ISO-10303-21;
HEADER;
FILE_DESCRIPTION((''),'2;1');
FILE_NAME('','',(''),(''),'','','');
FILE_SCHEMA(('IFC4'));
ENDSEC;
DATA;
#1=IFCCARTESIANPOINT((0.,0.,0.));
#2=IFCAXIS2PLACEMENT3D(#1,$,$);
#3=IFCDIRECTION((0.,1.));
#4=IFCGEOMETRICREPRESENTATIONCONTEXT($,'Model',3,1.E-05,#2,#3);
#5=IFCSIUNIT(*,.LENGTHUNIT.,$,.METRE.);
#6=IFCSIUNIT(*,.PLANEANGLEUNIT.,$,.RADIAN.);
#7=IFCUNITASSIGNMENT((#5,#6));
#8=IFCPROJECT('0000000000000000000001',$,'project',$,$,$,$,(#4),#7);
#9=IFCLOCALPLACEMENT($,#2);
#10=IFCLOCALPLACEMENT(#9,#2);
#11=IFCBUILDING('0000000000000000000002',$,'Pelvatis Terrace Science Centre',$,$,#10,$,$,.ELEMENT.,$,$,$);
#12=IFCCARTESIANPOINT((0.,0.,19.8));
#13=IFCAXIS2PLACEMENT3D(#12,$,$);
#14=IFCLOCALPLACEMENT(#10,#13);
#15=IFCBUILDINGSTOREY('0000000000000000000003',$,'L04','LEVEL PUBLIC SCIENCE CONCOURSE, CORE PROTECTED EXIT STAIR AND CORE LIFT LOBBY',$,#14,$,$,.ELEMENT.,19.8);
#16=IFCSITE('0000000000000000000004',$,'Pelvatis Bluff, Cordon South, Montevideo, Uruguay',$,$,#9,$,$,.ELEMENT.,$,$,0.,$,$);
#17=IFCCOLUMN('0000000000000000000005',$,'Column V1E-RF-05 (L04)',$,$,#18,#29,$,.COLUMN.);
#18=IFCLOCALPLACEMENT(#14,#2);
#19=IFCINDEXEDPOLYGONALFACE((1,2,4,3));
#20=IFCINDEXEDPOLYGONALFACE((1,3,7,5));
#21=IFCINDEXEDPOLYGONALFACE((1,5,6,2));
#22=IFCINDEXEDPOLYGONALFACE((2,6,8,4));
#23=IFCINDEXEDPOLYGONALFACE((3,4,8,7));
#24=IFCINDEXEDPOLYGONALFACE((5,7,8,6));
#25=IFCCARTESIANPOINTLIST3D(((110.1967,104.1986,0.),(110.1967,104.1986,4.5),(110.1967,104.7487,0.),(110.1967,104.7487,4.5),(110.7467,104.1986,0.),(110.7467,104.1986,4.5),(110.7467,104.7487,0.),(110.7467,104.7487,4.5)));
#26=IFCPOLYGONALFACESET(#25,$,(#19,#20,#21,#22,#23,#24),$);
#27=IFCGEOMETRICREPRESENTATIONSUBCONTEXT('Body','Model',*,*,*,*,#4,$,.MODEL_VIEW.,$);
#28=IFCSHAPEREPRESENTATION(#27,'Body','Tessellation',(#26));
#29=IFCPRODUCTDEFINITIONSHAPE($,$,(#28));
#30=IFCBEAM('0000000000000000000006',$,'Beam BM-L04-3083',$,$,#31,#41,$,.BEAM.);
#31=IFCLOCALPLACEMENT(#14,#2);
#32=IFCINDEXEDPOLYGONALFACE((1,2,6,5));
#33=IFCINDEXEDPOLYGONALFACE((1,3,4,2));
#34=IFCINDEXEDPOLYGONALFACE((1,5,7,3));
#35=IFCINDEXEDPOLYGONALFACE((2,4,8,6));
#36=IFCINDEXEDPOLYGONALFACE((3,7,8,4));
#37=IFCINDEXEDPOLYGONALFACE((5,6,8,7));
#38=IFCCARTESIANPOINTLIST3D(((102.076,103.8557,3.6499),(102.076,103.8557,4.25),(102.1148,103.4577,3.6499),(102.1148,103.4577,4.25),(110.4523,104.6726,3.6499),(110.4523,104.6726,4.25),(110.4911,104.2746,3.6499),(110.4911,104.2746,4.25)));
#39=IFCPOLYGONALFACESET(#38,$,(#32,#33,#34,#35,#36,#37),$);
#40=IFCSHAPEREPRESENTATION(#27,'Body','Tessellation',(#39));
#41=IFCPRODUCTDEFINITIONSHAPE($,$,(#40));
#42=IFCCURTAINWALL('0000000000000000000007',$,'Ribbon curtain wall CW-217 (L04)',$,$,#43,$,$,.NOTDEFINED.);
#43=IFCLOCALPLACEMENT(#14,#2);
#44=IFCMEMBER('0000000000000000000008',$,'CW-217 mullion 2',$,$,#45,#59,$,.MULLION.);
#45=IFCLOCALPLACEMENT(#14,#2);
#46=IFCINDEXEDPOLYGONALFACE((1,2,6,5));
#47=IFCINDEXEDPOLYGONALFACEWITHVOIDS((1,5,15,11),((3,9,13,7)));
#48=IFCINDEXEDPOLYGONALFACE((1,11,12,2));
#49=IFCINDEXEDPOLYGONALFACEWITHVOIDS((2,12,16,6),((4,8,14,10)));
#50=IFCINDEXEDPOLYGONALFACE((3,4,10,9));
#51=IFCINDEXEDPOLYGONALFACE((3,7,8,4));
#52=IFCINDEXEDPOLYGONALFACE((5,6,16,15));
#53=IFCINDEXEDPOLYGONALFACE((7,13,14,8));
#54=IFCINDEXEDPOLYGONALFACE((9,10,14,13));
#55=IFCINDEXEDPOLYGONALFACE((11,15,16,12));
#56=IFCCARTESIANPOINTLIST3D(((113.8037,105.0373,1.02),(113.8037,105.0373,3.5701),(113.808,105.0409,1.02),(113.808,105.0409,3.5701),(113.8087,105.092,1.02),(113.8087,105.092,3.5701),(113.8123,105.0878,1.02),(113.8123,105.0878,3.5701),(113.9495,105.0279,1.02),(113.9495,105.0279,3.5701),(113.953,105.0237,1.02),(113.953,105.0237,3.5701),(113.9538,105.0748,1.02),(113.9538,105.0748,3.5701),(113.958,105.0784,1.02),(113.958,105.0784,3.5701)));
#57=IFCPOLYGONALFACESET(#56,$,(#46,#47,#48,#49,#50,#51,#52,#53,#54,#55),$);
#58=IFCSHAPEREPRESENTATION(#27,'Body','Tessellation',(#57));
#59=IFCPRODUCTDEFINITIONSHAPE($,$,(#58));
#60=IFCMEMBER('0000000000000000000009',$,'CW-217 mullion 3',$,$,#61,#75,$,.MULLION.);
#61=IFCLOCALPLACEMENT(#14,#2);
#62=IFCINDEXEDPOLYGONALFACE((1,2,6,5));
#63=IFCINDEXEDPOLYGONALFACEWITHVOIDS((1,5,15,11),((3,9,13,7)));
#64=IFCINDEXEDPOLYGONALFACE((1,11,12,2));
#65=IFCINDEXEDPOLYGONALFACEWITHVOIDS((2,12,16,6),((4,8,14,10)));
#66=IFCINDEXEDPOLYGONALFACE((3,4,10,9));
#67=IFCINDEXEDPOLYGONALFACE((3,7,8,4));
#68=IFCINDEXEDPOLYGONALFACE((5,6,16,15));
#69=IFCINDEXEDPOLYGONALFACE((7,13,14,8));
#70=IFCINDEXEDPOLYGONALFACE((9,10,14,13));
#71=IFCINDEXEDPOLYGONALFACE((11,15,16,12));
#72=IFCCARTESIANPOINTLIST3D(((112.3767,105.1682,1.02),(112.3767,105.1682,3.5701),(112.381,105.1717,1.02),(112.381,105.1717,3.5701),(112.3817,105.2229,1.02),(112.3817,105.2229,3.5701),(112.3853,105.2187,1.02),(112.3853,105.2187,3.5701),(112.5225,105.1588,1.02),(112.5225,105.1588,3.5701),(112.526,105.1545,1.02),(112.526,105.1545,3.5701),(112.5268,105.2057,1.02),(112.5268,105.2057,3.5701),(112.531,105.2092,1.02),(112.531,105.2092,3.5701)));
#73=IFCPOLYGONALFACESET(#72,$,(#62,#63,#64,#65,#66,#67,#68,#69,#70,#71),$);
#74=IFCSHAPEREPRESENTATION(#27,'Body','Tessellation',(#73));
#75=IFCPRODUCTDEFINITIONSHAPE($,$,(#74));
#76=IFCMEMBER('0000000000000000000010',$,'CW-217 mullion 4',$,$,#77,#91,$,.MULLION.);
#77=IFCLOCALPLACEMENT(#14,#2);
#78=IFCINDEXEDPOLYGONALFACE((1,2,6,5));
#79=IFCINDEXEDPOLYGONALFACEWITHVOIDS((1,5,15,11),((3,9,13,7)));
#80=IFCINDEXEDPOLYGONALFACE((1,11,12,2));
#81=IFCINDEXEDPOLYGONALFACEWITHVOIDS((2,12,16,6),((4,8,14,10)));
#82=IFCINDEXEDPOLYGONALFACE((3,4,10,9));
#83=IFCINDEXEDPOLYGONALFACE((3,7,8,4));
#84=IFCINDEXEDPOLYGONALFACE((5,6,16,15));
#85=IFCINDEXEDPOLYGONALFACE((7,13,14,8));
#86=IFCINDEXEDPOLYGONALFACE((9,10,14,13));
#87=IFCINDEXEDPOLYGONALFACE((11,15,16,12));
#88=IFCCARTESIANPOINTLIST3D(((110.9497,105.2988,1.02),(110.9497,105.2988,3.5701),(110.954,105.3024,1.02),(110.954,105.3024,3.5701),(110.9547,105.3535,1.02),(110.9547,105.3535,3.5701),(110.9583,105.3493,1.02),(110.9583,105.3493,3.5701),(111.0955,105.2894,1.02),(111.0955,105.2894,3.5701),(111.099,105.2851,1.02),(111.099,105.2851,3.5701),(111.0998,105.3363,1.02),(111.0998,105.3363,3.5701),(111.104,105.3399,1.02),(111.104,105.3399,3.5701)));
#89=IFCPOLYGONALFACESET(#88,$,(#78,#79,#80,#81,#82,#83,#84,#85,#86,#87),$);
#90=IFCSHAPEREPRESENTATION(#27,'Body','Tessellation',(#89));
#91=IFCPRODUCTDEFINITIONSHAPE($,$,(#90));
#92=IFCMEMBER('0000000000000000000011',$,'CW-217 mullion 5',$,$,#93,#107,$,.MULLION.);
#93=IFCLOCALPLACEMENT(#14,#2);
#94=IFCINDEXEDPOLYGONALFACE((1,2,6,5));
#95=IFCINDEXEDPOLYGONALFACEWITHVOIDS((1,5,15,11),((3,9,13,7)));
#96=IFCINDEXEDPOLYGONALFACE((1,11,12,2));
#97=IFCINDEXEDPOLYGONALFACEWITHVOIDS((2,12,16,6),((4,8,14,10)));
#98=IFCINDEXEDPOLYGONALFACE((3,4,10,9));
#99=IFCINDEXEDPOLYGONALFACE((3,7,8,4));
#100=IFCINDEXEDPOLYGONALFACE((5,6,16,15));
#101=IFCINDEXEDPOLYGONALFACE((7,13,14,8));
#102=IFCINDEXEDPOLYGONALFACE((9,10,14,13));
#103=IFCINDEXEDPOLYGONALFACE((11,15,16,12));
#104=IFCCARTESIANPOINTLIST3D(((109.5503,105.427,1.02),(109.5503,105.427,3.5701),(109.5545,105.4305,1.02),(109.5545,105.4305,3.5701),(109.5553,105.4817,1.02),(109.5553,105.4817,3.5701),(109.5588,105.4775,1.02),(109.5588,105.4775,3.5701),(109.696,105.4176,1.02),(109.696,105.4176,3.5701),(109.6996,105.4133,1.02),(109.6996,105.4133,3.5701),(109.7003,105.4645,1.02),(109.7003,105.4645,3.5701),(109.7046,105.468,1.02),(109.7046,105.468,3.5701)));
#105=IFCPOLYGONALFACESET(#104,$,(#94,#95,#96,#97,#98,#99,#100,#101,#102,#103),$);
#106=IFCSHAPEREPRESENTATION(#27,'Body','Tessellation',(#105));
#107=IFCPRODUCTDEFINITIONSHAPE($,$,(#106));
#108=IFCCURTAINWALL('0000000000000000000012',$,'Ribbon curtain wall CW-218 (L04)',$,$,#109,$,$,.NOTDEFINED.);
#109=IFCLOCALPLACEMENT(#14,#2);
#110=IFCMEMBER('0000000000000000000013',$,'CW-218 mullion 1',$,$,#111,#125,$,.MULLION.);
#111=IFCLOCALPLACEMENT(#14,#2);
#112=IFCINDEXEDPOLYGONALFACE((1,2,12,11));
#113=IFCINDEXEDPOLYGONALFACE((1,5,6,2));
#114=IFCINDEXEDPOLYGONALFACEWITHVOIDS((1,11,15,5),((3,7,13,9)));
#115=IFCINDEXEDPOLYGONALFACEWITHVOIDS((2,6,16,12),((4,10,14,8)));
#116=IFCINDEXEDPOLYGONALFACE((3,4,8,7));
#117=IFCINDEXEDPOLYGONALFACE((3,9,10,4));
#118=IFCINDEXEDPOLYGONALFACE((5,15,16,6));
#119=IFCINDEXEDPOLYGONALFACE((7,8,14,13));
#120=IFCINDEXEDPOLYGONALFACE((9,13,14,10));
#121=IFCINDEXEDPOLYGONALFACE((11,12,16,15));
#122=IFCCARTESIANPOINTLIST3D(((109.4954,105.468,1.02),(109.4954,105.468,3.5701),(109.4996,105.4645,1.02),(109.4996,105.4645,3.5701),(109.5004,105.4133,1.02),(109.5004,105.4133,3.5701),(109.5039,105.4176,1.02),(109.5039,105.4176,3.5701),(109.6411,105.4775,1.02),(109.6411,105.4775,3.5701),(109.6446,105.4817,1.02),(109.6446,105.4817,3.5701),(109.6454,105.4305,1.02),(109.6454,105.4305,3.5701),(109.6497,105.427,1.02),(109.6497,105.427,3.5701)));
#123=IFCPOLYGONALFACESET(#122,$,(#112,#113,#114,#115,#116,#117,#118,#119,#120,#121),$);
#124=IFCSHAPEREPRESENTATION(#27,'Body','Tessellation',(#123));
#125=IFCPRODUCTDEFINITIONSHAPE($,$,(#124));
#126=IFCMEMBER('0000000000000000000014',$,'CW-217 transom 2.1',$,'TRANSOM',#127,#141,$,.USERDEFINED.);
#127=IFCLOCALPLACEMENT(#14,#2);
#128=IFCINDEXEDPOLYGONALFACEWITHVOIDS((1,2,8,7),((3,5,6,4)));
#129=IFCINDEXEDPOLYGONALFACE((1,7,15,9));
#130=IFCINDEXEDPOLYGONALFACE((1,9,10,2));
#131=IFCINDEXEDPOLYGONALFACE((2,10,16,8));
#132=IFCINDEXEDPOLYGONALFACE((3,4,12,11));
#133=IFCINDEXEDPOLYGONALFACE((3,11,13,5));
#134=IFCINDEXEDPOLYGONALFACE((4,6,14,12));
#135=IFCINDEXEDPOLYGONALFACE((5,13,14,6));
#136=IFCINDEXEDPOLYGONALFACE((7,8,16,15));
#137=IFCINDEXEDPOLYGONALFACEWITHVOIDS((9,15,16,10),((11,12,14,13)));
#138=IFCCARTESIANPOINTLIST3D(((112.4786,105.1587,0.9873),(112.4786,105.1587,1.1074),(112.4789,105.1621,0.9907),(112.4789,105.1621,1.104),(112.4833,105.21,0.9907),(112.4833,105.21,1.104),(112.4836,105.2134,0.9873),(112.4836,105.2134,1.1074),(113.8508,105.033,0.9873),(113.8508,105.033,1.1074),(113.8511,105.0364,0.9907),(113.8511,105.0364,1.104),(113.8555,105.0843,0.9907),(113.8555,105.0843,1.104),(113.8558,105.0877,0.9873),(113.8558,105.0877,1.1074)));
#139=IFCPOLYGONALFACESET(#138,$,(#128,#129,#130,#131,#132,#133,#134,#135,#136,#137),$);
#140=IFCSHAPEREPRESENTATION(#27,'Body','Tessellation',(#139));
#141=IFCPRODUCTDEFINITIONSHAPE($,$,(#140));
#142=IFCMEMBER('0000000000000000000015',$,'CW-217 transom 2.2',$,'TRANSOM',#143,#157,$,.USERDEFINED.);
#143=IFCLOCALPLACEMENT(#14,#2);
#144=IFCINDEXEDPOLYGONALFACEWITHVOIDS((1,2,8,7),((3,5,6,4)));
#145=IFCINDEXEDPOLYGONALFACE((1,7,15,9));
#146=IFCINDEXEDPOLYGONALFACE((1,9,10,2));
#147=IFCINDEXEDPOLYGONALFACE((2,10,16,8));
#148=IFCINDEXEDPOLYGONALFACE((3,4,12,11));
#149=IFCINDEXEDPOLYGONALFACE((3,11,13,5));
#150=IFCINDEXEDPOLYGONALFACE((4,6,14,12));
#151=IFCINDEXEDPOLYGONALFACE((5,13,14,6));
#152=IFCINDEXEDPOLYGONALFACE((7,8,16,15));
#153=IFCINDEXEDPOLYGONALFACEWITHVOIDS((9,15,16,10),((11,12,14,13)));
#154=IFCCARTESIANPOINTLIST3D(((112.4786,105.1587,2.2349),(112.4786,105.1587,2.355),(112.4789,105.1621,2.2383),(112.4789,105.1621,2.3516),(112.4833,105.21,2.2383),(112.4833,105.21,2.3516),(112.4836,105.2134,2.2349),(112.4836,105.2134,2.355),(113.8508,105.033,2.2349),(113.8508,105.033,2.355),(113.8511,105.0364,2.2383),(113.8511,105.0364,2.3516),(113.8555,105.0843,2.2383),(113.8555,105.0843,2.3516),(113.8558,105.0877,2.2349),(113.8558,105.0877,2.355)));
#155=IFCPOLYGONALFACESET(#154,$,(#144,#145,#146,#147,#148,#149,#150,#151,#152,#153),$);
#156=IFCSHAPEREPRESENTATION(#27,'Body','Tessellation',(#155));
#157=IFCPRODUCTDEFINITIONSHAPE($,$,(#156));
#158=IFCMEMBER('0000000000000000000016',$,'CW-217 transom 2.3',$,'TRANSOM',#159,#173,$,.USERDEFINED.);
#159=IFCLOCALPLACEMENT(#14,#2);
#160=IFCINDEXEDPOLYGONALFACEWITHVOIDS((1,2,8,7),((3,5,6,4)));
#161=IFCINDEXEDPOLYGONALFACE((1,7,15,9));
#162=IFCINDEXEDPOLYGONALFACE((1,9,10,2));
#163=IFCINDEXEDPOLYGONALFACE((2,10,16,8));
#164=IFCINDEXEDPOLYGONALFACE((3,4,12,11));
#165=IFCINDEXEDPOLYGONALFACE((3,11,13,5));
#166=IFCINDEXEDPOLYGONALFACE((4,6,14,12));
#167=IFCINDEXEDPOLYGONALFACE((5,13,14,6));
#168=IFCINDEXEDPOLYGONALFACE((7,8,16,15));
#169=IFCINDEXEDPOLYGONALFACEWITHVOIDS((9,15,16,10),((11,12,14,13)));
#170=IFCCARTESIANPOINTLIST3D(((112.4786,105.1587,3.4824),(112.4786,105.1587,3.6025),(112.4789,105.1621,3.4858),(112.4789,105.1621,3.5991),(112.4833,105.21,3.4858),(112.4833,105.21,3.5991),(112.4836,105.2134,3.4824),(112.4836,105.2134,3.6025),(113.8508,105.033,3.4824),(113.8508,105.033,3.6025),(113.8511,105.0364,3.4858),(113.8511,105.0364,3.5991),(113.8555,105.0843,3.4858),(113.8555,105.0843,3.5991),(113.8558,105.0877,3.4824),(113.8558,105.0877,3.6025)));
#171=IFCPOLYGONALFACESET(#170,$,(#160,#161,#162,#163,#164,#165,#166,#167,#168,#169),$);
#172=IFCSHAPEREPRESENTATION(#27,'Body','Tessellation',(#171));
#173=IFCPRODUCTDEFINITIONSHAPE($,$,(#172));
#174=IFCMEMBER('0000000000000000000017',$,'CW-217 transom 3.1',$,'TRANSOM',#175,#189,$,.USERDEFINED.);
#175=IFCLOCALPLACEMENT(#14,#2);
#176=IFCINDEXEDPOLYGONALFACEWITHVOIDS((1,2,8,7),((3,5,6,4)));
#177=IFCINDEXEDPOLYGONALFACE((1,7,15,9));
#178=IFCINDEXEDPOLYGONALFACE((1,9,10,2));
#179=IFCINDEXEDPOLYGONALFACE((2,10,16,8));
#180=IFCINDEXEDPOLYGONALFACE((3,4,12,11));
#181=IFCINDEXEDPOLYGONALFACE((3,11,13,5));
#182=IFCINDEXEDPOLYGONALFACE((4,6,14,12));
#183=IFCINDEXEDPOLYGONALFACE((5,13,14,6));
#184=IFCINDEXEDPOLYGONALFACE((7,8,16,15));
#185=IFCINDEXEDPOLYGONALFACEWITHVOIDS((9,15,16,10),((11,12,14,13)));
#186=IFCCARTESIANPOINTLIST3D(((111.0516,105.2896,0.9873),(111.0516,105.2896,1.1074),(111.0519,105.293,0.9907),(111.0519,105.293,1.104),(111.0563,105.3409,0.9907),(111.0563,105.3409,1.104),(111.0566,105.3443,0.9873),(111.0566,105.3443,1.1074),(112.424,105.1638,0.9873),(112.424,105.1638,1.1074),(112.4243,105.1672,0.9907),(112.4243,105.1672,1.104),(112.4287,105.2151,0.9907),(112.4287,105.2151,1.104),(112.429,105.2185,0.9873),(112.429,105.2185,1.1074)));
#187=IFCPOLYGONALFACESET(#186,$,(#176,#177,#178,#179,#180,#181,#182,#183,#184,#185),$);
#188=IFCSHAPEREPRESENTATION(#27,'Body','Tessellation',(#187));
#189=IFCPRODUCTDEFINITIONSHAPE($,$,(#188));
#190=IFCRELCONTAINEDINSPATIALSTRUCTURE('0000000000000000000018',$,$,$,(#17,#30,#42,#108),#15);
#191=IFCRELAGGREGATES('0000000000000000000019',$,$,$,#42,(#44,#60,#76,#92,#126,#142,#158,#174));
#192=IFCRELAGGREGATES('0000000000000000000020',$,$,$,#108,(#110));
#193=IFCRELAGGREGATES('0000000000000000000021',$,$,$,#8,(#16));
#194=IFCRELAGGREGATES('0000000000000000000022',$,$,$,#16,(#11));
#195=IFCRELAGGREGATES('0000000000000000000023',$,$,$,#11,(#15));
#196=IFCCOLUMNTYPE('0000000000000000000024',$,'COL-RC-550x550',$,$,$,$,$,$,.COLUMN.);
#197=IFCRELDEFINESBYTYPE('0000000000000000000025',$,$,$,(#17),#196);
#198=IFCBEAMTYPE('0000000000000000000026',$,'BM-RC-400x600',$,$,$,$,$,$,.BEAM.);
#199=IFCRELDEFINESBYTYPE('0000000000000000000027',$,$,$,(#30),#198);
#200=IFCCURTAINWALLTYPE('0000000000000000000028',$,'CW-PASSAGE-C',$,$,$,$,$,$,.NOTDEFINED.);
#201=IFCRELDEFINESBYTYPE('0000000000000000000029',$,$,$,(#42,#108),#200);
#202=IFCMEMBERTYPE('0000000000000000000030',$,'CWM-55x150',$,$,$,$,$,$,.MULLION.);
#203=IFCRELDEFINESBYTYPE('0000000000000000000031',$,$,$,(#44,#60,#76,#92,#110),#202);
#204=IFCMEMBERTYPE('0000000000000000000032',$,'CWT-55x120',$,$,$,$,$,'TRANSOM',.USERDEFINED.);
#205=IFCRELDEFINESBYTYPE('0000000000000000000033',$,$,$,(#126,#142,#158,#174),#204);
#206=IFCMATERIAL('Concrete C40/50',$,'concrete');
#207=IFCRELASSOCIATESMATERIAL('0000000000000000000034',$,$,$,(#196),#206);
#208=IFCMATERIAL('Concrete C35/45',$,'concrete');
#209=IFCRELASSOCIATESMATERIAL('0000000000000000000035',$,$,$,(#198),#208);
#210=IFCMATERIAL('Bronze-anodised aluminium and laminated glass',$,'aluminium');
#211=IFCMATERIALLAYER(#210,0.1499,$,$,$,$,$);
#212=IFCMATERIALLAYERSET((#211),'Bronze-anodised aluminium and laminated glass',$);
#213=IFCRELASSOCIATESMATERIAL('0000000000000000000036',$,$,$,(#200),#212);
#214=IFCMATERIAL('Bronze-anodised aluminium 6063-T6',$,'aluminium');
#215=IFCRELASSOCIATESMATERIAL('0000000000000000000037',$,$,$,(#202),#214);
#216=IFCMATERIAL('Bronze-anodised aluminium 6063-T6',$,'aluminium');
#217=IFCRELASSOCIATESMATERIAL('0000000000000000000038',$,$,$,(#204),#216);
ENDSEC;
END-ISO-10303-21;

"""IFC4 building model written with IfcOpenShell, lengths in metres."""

from ifc_helpers import new_model, si_unit, direction, frame, origin, origin_2d, place, context, subcontext, project, spatial, rectangle, hollow_rectangle, extrude, material, layer, layer_set, material_profile, profile_set, type_object, element, aggregate, save


model = new_model("IFC4")

# Units and contexts
model_context = context("Model", 3, precision=1e-05, world=origin(), true_north=direction((0.0, 1.0)))
body_context = subcontext(model_context, "Body", "Model", "MODEL_VIEW")
ifc_project = project(units=[si_unit("LENGTHUNIT", "METRE"), si_unit("PLANEANGLEUNIT", "RADIAN")], contexts=[model_context])

# Site, building, storey
site_placement = place(None, origin())
site = spatial("IfcSite", under=ifc_project, at=site_placement, Name="Pelvatis Bluff, Cordon South, Montevideo, Uruguay", CompositionType="ELEMENT", RefElevation=0.0)
building_placement = place(site_placement, origin())
building = spatial("IfcBuilding", under=site, at=building_placement, Name="Pelvatis Terrace Science Centre", CompositionType="ELEMENT")
storey_placement = place(building_placement, frame((0.0, 0.0, 19.8)))
storey = spatial("IfcBuildingStorey", under=building, at=storey_placement, Name="L04", Description="LEVEL PUBLIC SCIENCE CONCOURSE, CORE PROTECTED EXIT STAIR AND CORE LIFT LOBBY", CompositionType="ELEMENT", Elevation=19.8)

# Column
ifc_material_1 = material(Name="Concrete C40/50", Category="concrete")
ifc_material_profile_1 = material_profile(ifc_material_1, rectangle(XDim=0.55, YDim=0.55, at=origin_2d()), Name="RC-COL 550x550")
ifc_profile_set_1 = profile_set([ifc_material_profile_1], Name="Concrete C40/50")
column_type = type_object("IfcColumnType", Name="COL-RC-550x550", PredefinedType="COLUMN", material=ifc_profile_set_1)
column_placement = place(storey_placement, frame((110.4717, 104.4736, 0.0), z_axis=(0.0, 0.0, 1.0), x_axis=(1.0, 0.0, 0.0)))
element("IfcColumn", 1, at=column_placement, inside=storey, type_object=column_type, Name="Column V1E-RF-05 (L04)", PredefinedType="COLUMN", context=body_context, shape_type="SweptSolid", body=[
    extrude(rectangle(XDim=0.55, YDim=0.55, at=origin_2d()), origin(), (0.0, 0.0, 1.0), 4.5),
])

# Beam
ifc_material_2 = material(Name="Concrete C35/45", Category="concrete")
ifc_material_profile_2 = material_profile(ifc_material_2, rectangle(XDim=0.3999, YDim=0.6001, at=origin_2d()), Name="RC-BM 400x600")
ifc_profile_set_2 = profile_set([ifc_material_profile_2], Name="Concrete C35/45")
beam_type = type_object("IfcBeamType", Name="BM-RC-400x600", PredefinedType="BEAM", material=ifc_profile_set_2)
beam_placement = place(storey_placement, frame((110.4717, 104.4736, 3.95), z_axis=(-0.995278, -0.097065, 0.0), x_axis=(0.097065, -0.995278, 0.0)))
element("IfcBeam", 2, at=beam_placement, inside=storey, type_object=beam_type, Name="Beam BM-L04-3083", PredefinedType="BEAM", context=body_context, shape_type="SweptSolid", body=[
    extrude(rectangle(XDim=0.3999, YDim=0.6001, at=origin_2d()), origin(), (0.0, 0.0, 1.0), 8.416),
])

# Curtain wall, members
ifc_material_3 = material(Name="Bronze-anodised aluminium and laminated glass", Category="aluminium")
ifc_layer_1 = layer(ifc_material_3, 0.1499)
ifc_layer_set_1 = layer_set([ifc_layer_1], Name="Bronze-anodised aluminium and laminated glass")
curtain_wall_type = type_object("IfcCurtainWallType", Name="CW-PASSAGE-C", PredefinedType="NOTDEFINED", material=ifc_layer_set_1)
curtain_wall_1_placement = place(storey_placement, origin())
curtain_wall_1 = element("IfcCurtainWall", 3, at=curtain_wall_1_placement, inside=storey, type_object=curtain_wall_type, Name="Ribbon curtain wall CW-217 (L04)", PredefinedType="NOTDEFINED")
ifc_material_4 = material(Name="Bronze-anodised aluminium 6063-T6", Category="aluminium")
ifc_material_profile_3 = material_profile(ifc_material_4, hollow_rectangle(XDim=0.0549, YDim=0.1499, WallThickness=0.0039, at=origin_2d()), Name="ALU-MUL 55x150")
ifc_profile_set_3 = profile_set([ifc_material_profile_3], Name="Bronze-anodised aluminium 6063-T6")
member_type_1 = type_object("IfcMemberType", Name="CWM-55x150", PredefinedType="MULLION", material=ifc_profile_set_3)
member_1_placement = place(storey_placement, frame((113.8809, 105.0579, 1.02), z_axis=(0.0, 0.0, 1.0), x_axis=(-0.091214, -0.995831, 0.0)))
member_1 = element("IfcMember", 4, at=member_1_placement, type_object=member_type_1, Name="CW-217 mullion 2", PredefinedType="MULLION", context=body_context, shape_type="SweptSolid", body=[
    extrude(hollow_rectangle(XDim=0.0549, YDim=0.1499, WallThickness=0.0039, at=origin_2d()), origin(), (0.0, 0.0, 1.0), 2.55),
])
member_2_placement = place(storey_placement, frame((112.4539, 105.1887, 1.02), z_axis=(0.0, 0.0, 1.0), x_axis=(-0.091214, -0.995831, 0.0)))
member_2 = element("IfcMember", 5, at=member_2_placement, type_object=member_type_1, Name="CW-217 mullion 3", PredefinedType="MULLION", context=body_context, shape_type="SweptSolid", body=[
    extrude(hollow_rectangle(XDim=0.0549, YDim=0.1499, WallThickness=0.0039, at=origin_2d()), origin(), (0.0, 0.0, 1.0), 2.55),
])
member_3_placement = place(storey_placement, frame((111.0269, 105.3193, 1.02), z_axis=(0.0, 0.0, 1.0), x_axis=(-0.091214, -0.995831, 0.0)))
member_3 = element("IfcMember", 6, at=member_3_placement, type_object=member_type_1, Name="CW-217 mullion 4", PredefinedType="MULLION", context=body_context, shape_type="SweptSolid", body=[
    extrude(hollow_rectangle(XDim=0.0549, YDim=0.1499, WallThickness=0.0039, at=origin_2d()), origin(), (0.0, 0.0, 1.0), 2.55),
])
member_4_placement = place(storey_placement, frame((109.6274, 105.4475, 1.02), z_axis=(0.0, 0.0, 1.0), x_axis=(-0.091214, -0.995831, 0.0)))
member_4 = element("IfcMember", 7, at=member_4_placement, type_object=member_type_1, Name="CW-217 mullion 5", PredefinedType="MULLION", context=body_context, shape_type="SweptSolid", body=[
    extrude(hollow_rectangle(XDim=0.0549, YDim=0.1499, WallThickness=0.0039, at=origin_2d()), origin(), (0.0, 0.0, 1.0), 2.55),
])

# Curtain wall, member
curtain_wall_2_placement = place(storey_placement, origin())
curtain_wall_2 = element("IfcCurtainWall", 8, at=curtain_wall_2_placement, inside=storey, type_object=curtain_wall_type, Name="Ribbon curtain wall CW-218 (L04)", PredefinedType="NOTDEFINED")
member_5_placement = place(storey_placement, frame((109.5725, 105.4475, 1.02), z_axis=(0.0, 0.0, 1.0), x_axis=(0.091214, -0.995831, 0.0)))
member_5 = element("IfcMember", 9, at=member_5_placement, type_object=member_type_1, Name="CW-218 mullion 1", PredefinedType="MULLION", context=body_context, shape_type="SweptSolid", body=[
    extrude(hollow_rectangle(XDim=0.0549, YDim=0.1499, WallThickness=0.0039, at=origin_2d()), origin(), (0.0, 0.0, 1.0), 2.55),
])

# Members
ifc_material_5 = material(Name="Bronze-anodised aluminium 6063-T6", Category="aluminium")
ifc_material_profile_4 = material_profile(ifc_material_5, hollow_rectangle(XDim=0.0549, YDim=0.1201, WallThickness=0.0034, at=origin_2d()), Name="ALU-TRN 55x120")
ifc_profile_set_4 = profile_set([ifc_material_profile_4], Name="Bronze-anodised aluminium 6063-T6")
member_type_2 = type_object("IfcMemberType", Name="CWT-55x120", ElementType="TRANSOM", PredefinedType="USERDEFINED", material=ifc_profile_set_4)
member_6_placement = place(storey_placement, frame((113.8533, 105.0603, 1.0474), z_axis=(-0.995828, 0.091255, 0.0), x_axis=(-0.091255, -0.995828, 0.0)))
member_6 = element("IfcMember", 10, at=member_6_placement, type_object=member_type_2, Name="CW-217 transom 2.1", ObjectType="TRANSOM", PredefinedType="USERDEFINED", context=body_context, shape_type="SweptSolid", body=[
    extrude(hollow_rectangle(XDim=0.0549, YDim=0.1201, WallThickness=0.0034, at=origin_2d()), origin(), (0.0, 0.0, 1.0), 1.3779),
])
member_7_placement = place(storey_placement, frame((113.8533, 105.0603, 2.2949), z_axis=(-0.995828, 0.091255, 0.0), x_axis=(-0.091255, -0.995828, 0.0)))
member_7 = element("IfcMember", 11, at=member_7_placement, type_object=member_type_2, Name="CW-217 transom 2.2", ObjectType="TRANSOM", PredefinedType="USERDEFINED", context=body_context, shape_type="SweptSolid", body=[
    extrude(hollow_rectangle(XDim=0.0549, YDim=0.1201, WallThickness=0.0034, at=origin_2d()), origin(), (0.0, 0.0, 1.0), 1.3779),
])
member_8_placement = place(storey_placement, frame((113.8533, 105.0603, 3.5425), z_axis=(-0.995828, 0.091255, 0.0), x_axis=(-0.091255, -0.995828, 0.0)))
member_8 = element("IfcMember", 12, at=member_8_placement, type_object=member_type_2, Name="CW-217 transom 2.3", ObjectType="TRANSOM", PredefinedType="USERDEFINED", context=body_context, shape_type="SweptSolid", body=[
    extrude(hollow_rectangle(XDim=0.0549, YDim=0.1201, WallThickness=0.0034, at=origin_2d()), origin(), (0.0, 0.0, 1.0), 1.3779),
])
member_9_placement = place(storey_placement, frame((112.4265, 105.1912, 1.0474), z_axis=(-0.995829, 0.091239, 0.0), x_axis=(-0.091239, -0.995829, 0.0)))
member_9 = element("IfcMember", 13, at=member_9_placement, type_object=member_type_2, Name="CW-217 transom 3.1", ObjectType="TRANSOM", PredefinedType="USERDEFINED", context=body_context, shape_type="SweptSolid", body=[
    extrude(hollow_rectangle(XDim=0.0549, YDim=0.1201, WallThickness=0.0034, at=origin_2d()), origin(), (0.0, 0.0, 1.0), 1.3782),
])

aggregate(curtain_wall_1, [member_1, member_2, member_3, member_4, member_6, member_7, member_8, member_9])
aggregate(curtain_wall_2, [member_5])

save(model, "model.ifc")
